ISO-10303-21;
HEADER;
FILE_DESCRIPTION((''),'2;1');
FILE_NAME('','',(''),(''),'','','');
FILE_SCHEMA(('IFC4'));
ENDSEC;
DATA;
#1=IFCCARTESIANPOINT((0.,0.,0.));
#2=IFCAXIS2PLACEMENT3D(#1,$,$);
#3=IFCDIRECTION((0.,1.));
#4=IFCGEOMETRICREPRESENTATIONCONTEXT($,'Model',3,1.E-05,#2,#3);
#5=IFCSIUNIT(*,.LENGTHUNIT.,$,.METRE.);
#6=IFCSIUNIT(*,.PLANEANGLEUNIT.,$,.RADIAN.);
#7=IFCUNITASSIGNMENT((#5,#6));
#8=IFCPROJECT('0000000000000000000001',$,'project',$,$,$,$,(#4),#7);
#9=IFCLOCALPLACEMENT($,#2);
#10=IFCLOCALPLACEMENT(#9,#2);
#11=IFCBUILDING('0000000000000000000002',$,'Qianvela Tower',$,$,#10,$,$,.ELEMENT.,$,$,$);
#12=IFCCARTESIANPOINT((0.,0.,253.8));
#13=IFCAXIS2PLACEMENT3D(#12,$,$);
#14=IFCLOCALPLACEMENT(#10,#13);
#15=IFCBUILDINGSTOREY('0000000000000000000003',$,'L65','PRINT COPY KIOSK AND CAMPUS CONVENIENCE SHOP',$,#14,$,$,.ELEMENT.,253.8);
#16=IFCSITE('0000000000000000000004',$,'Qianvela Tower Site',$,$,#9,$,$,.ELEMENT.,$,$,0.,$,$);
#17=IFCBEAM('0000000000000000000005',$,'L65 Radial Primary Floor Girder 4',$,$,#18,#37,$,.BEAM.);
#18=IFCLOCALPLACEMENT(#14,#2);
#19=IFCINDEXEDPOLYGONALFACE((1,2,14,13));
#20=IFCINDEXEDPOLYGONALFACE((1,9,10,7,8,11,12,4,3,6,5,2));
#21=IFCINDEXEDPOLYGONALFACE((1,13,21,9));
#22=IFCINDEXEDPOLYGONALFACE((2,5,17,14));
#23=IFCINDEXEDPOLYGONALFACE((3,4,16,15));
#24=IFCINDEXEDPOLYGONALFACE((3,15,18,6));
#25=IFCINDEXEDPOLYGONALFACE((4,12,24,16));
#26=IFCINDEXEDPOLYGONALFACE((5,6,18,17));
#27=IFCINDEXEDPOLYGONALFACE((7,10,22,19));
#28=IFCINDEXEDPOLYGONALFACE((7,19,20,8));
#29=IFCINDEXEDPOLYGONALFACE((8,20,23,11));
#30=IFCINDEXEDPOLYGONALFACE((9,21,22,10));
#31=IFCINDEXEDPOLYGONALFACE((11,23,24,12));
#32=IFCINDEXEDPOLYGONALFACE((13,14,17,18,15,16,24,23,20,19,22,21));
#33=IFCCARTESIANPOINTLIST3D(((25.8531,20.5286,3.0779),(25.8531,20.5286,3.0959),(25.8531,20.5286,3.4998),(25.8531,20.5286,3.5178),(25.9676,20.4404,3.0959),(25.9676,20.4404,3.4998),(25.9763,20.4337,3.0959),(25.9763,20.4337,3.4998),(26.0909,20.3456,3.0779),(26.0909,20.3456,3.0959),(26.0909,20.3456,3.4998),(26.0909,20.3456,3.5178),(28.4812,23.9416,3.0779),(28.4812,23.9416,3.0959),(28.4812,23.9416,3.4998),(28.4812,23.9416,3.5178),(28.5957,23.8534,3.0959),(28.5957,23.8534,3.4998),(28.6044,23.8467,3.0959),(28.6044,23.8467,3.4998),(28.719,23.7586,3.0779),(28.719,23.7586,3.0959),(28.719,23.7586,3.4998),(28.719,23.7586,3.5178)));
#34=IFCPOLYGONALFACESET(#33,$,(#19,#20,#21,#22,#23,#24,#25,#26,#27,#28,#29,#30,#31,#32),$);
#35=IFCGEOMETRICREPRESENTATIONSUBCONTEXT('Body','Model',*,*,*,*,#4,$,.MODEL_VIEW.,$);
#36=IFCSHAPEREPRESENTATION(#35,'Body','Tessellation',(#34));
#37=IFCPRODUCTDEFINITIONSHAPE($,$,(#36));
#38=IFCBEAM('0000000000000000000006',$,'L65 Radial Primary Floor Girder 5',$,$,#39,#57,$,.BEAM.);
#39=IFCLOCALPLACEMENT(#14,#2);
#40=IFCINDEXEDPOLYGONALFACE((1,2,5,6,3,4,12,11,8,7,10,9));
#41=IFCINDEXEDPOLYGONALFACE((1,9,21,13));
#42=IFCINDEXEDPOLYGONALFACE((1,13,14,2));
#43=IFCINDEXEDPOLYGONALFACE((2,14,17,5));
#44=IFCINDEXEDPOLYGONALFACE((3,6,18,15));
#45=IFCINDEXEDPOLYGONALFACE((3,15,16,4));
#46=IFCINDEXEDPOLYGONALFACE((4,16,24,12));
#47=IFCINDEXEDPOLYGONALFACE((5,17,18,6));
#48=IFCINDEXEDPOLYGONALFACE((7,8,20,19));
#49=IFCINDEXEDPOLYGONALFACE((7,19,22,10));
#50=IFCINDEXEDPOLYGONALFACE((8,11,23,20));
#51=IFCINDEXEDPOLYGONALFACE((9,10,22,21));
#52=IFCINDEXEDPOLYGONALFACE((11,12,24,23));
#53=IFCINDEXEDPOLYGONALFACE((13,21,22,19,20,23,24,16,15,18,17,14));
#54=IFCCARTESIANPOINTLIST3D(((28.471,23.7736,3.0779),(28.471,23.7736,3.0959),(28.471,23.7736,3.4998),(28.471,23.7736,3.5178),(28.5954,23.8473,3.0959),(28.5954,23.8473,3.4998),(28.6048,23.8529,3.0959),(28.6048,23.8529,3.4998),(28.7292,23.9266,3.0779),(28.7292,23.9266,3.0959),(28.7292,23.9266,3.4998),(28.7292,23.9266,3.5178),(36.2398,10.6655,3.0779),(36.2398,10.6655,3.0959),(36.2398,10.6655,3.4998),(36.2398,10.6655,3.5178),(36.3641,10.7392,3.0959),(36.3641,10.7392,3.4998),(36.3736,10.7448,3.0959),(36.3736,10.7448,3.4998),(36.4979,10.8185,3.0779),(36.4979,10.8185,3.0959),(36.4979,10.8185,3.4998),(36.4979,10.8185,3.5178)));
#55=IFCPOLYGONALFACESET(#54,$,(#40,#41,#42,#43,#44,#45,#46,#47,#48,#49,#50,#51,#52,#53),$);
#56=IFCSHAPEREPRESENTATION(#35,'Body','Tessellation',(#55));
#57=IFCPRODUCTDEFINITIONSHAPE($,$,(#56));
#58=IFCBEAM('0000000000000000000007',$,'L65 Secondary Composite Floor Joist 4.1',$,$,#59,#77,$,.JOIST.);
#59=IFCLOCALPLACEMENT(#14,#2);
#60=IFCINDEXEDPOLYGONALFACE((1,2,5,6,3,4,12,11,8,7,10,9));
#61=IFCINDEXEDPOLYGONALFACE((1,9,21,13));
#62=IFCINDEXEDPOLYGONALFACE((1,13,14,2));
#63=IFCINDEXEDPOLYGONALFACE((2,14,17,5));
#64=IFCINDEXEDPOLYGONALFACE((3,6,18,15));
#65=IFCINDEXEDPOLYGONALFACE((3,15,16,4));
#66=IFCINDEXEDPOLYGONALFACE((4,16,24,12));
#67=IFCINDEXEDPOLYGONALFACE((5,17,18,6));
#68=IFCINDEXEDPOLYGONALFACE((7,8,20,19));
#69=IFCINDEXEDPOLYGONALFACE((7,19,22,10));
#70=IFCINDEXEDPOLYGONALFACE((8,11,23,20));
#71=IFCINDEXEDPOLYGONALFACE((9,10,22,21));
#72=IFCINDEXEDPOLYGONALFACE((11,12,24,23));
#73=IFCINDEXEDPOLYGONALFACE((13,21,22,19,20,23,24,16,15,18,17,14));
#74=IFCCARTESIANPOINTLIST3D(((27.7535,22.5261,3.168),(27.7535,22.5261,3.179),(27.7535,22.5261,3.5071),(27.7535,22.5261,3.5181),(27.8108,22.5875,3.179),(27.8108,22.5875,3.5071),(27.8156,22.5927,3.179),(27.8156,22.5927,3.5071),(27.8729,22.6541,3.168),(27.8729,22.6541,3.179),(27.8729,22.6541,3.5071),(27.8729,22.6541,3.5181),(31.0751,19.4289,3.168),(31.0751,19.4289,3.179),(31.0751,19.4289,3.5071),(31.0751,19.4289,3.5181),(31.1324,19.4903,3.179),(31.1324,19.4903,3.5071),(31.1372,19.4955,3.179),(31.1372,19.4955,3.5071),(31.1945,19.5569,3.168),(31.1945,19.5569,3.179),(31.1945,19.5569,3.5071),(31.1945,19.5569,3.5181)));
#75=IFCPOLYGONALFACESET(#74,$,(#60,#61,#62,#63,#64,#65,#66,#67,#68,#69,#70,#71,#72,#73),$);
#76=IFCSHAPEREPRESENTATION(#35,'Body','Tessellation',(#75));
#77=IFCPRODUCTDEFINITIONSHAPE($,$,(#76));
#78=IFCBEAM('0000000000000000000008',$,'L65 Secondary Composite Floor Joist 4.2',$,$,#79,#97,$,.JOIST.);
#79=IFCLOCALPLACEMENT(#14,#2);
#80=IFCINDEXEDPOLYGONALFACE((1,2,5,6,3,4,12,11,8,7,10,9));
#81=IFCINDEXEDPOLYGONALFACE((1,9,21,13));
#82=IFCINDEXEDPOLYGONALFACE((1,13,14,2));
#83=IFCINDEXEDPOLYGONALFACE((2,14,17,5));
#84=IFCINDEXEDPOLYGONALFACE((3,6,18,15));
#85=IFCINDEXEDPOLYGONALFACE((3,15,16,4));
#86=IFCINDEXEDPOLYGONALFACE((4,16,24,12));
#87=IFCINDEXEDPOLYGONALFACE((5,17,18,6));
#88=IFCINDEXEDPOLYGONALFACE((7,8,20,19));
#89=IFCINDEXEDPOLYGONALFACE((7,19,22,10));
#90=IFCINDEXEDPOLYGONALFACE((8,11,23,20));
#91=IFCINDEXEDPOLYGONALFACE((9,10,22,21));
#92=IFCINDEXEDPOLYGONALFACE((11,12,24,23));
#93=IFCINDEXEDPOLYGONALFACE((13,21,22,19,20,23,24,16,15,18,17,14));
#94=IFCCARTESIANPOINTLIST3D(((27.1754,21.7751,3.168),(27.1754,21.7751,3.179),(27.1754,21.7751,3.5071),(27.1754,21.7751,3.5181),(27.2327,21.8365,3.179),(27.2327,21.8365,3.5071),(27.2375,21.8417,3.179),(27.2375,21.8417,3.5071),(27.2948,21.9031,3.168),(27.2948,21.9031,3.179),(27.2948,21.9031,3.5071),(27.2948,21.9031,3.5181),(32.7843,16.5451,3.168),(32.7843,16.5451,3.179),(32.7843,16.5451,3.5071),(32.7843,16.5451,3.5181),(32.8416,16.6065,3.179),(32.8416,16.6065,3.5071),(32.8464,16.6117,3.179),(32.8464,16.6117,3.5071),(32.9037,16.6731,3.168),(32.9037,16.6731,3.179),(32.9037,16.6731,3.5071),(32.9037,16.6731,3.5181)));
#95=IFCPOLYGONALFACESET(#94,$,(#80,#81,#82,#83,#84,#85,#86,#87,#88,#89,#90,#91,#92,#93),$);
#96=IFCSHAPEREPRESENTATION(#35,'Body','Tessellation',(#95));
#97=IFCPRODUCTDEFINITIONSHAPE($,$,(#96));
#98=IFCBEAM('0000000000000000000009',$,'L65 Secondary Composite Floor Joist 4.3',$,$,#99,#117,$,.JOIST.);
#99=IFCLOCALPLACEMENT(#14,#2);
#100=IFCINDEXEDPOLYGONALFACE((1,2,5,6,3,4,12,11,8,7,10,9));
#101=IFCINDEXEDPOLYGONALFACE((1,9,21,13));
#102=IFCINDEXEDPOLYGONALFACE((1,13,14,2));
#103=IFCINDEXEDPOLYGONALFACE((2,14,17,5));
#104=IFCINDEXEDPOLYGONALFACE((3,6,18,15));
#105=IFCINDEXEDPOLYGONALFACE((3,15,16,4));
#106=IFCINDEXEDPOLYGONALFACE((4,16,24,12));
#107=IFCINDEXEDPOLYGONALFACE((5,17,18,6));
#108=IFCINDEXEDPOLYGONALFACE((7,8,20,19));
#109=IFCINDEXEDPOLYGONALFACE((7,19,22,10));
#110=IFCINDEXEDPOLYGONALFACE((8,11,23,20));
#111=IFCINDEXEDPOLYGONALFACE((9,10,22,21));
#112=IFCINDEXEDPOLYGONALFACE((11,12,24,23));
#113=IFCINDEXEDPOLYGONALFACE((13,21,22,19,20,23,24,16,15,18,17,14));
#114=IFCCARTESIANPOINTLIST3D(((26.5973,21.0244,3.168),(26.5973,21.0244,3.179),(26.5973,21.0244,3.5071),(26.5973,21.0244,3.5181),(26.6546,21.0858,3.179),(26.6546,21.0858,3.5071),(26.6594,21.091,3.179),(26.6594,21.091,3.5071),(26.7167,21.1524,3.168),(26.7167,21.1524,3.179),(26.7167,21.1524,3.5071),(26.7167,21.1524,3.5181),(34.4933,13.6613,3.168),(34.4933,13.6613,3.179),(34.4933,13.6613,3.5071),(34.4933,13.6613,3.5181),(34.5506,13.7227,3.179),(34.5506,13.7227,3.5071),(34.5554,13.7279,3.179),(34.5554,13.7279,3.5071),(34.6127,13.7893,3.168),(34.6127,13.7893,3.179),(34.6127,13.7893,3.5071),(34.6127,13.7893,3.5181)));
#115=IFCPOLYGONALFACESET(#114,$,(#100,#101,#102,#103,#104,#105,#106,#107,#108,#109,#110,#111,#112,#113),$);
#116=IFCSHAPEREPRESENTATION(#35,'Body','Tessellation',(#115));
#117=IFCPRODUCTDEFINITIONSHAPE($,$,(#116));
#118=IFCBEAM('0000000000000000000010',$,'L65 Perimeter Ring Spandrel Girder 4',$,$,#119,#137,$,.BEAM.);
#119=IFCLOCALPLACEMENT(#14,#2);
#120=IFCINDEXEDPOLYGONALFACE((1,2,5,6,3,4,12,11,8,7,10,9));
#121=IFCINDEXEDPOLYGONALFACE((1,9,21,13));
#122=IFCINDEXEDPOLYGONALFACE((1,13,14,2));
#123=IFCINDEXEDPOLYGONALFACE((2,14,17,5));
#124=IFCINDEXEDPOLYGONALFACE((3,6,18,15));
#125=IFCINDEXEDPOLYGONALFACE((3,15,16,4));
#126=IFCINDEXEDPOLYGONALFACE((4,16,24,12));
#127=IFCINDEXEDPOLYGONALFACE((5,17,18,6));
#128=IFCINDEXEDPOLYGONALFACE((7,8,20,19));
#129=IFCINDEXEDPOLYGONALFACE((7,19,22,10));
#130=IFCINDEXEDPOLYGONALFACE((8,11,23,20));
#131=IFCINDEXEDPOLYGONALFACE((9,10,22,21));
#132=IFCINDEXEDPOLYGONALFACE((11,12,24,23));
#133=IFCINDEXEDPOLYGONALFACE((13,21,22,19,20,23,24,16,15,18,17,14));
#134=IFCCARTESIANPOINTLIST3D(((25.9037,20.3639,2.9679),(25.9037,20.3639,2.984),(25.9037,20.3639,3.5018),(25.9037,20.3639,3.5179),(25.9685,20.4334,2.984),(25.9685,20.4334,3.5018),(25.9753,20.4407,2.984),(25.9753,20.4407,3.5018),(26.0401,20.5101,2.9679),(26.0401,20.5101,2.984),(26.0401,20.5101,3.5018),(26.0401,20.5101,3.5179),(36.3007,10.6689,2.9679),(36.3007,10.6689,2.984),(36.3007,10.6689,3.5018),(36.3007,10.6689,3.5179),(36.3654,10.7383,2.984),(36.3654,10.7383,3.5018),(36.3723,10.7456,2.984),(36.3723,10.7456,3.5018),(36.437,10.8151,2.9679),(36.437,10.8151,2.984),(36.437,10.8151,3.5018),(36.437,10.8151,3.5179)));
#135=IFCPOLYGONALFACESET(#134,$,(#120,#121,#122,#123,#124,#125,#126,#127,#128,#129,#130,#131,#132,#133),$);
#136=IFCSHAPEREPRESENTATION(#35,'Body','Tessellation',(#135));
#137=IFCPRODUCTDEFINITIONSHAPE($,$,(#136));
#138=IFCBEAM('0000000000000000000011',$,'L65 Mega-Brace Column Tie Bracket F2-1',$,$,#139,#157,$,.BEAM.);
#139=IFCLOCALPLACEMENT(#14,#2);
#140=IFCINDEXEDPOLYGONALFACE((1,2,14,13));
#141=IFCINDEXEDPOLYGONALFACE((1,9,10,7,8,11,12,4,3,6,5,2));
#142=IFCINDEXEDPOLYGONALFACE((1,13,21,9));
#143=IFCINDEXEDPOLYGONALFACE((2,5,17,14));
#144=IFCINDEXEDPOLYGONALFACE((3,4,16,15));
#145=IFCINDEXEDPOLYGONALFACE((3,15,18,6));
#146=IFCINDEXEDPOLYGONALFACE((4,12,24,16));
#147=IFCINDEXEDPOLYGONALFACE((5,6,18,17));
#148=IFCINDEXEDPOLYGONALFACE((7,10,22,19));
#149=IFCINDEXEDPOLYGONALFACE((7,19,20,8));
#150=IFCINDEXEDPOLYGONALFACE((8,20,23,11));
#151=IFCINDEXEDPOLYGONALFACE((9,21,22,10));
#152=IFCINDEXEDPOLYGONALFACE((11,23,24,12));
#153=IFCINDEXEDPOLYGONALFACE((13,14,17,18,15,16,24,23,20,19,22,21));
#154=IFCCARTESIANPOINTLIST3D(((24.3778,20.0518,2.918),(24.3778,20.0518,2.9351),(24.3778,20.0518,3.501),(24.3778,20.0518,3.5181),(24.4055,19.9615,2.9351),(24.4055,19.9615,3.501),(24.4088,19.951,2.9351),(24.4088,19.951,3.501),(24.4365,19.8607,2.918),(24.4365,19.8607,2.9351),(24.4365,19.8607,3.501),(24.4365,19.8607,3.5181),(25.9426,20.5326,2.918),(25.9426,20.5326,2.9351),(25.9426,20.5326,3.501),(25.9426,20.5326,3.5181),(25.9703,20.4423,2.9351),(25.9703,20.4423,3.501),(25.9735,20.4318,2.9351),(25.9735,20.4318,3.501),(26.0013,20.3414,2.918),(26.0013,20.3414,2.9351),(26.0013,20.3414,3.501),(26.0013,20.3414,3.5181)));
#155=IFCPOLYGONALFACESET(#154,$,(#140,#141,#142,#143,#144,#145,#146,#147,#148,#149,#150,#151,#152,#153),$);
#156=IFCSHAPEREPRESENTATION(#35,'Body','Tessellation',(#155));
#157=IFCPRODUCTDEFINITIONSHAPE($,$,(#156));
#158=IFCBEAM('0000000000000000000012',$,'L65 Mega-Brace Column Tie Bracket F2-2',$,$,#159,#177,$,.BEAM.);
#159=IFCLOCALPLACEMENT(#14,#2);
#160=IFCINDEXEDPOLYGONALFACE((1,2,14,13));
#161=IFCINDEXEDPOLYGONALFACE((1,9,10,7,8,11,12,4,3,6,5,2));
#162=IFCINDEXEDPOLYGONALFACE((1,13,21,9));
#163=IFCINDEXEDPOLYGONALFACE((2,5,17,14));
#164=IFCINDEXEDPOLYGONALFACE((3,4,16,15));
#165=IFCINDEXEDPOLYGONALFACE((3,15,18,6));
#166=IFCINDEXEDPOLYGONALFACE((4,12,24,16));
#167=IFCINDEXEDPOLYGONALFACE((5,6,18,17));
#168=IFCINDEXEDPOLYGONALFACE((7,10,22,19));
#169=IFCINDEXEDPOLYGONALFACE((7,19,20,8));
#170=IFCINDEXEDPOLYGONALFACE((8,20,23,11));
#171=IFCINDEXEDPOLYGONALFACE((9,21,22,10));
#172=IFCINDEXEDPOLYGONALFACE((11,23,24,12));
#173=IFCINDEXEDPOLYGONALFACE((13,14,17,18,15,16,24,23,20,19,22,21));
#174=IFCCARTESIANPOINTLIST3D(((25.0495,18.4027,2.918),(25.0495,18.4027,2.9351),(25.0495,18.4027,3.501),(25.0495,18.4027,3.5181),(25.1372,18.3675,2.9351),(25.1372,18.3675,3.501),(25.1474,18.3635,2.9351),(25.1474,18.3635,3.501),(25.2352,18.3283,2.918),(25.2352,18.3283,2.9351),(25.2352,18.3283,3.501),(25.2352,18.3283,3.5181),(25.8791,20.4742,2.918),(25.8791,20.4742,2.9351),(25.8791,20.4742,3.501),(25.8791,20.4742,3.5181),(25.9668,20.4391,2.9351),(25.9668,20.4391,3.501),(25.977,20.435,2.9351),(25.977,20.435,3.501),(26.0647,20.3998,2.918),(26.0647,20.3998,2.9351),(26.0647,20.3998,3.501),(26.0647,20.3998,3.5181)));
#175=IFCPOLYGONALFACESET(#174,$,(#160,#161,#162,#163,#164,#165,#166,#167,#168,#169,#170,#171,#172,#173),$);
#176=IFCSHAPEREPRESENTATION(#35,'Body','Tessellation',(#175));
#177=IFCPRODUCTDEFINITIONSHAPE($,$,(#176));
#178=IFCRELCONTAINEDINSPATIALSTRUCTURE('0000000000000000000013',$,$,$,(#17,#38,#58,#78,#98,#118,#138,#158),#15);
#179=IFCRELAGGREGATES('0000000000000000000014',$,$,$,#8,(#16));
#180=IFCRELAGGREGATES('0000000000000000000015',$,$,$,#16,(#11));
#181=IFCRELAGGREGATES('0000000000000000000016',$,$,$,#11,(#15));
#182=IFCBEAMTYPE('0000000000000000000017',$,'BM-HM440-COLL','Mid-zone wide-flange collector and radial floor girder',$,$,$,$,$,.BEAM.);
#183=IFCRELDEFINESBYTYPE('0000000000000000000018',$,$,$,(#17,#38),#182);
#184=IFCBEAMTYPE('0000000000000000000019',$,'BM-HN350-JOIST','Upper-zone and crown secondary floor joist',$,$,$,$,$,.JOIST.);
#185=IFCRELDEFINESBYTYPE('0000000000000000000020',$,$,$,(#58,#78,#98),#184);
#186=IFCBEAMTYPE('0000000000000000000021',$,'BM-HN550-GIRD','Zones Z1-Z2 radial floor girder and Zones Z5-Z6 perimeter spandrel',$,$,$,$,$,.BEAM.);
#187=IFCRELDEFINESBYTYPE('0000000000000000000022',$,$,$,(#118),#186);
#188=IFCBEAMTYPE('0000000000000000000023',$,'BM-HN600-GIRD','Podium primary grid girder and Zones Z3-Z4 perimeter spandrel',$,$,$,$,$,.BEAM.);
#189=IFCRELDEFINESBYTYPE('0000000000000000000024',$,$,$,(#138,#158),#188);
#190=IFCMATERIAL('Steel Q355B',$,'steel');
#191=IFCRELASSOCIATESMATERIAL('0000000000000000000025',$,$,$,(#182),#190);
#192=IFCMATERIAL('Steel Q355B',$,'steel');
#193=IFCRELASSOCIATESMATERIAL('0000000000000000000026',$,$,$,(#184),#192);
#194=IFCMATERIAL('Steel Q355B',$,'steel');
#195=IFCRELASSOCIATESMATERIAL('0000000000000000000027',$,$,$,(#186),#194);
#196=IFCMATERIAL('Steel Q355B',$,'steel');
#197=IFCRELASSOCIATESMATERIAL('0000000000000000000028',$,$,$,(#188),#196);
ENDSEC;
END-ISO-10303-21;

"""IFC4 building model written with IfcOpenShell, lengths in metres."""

from ifc_helpers import new_model, si_unit, direction, frame, origin, origin_2d, place, context, subcontext, project, spatial, i_section, extrude, material, material_profile, profile_set, type_object, element, save


model = new_model("IFC4")

# Units and contexts
model_context = context("Model", 3, precision=1e-05, world=origin(), true_north=direction((0.0, 1.0)))
body_context = subcontext(model_context, "Body", "Model", "MODEL_VIEW")
ifc_project = project(units=[si_unit("LENGTHUNIT", "METRE"), si_unit("PLANEANGLEUNIT", "RADIAN")], contexts=[model_context])

# Site, building, storey
site_placement = place(None, origin())
site = spatial("IfcSite", under=ifc_project, at=site_placement, Name="Qianvela Tower Site", CompositionType="ELEMENT", RefElevation=0.0)
building_placement = place(site_placement, origin())
building = spatial("IfcBuilding", under=site, at=building_placement, Name="Qianvela Tower", CompositionType="ELEMENT")
storey_placement = place(building_placement, frame((0.0, 0.0, 253.8)))
storey = spatial("IfcBuildingStorey", under=building, at=storey_placement, Name="L65", Description="PRINT COPY KIOSK AND CAMPUS CONVENIENCE SHOP", CompositionType="ELEMENT", Elevation=253.8)

# Beams
ifc_material_1 = material(Name="Steel Q355B", Category="steel")
ifc_material_profile_1 = material_profile(ifc_material_1, i_section(OverallWidth=0.3, OverallDepth=0.4399, WebThickness=0.011, FlangeThickness=0.0181, at=origin_2d()), Name="HM440x300x11x18")
ifc_profile_set_1 = profile_set([ifc_material_profile_1], Name="Steel Q355B")
beam_type_1 = type_object("IfcBeamType", Name="BM-HM440-COLL", Description="Mid-zone wide-flange collector and radial floor girder", PredefinedType="BEAM", material=ifc_profile_set_1)
beam_1_placement = place(storey_placement, frame((28.6001, 23.8501, 3.2979), z_axis=(-0.610108, -0.792318, 0.0), x_axis=(0.792318, -0.610108, 0.0)))
element("IfcBeam", 1, at=beam_1_placement, inside=storey, type_object=beam_type_1, Name="L65 Radial Primary Floor Girder 4", PredefinedType="BEAM", context=body_context, shape_type="SweptSolid", body=[
    extrude(i_section(OverallWidth=0.3, OverallDepth=0.4399, WebThickness=0.011, FlangeThickness=0.0181, at=origin_2d()), origin(), (0.0, 0.0, 1.0), 4.3076),
])
beam_2_placement = place(storey_placement, frame((28.6001, 23.8501, 3.2979), z_axis=(0.509851, -0.860263, 0.0), x_axis=(0.860263, 0.509851, 0.0)))
element("IfcBeam", 2, at=beam_2_placement, inside=storey, type_object=beam_type_1, Name="L65 Radial Primary Floor Girder 5", PredefinedType="BEAM", context=body_context, shape_type="SweptSolid", body=[
    extrude(i_section(OverallWidth=0.3, OverallDepth=0.4399, WebThickness=0.011, FlangeThickness=0.0181, at=origin_2d()), origin(), (0.0, 0.0, 1.0), 15.2373),
])
ifc_material_2 = material(Name="Steel Q355B", Category="steel")
ifc_material_profile_2 = material_profile(ifc_material_2, i_section(OverallWidth=0.175, OverallDepth=0.3501, WebThickness=0.0071, FlangeThickness=0.011, at=origin_2d()), Name="HN350x175x7x11")
ifc_profile_set_2 = profile_set([ifc_material_profile_2], Name="Steel Q355B")
beam_type_2 = type_object("IfcBeamType", Name="BM-HN350-JOIST", Description="Upper-zone and crown secondary floor joist", PredefinedType="JOIST", material=ifc_profile_set_2)
beam_3_placement = place(storey_placement, frame((27.8132, 22.5901, 3.343), z_axis=(0.731377, -0.681973, 0.0), x_axis=(0.681973, 0.731377, 0.0)))
element("IfcBeam", 3, at=beam_3_placement, inside=storey, type_object=beam_type_2, Name="L65 Secondary Composite Floor Joist 4.1", PredefinedType="JOIST", context=body_context, shape_type="SweptSolid", body=[
    extrude(i_section(OverallWidth=0.175, OverallDepth=0.3501, WebThickness=0.0071, FlangeThickness=0.011, at=origin_2d()), origin(), (0.0, 0.0, 1.0), 4.5415),
])
beam_4_placement = place(storey_placement, frame((27.2351, 21.8391, 3.343), z_axis=(0.731379, -0.681971, 0.0), x_axis=(0.681971, 0.731379, 0.0)))
element("IfcBeam", 4, at=beam_4_placement, inside=storey, type_object=beam_type_2, Name="L65 Secondary Composite Floor Joist 4.2", PredefinedType="JOIST", context=body_context, shape_type="SweptSolid", body=[
    extrude(i_section(OverallWidth=0.175, OverallDepth=0.3501, WebThickness=0.0071, FlangeThickness=0.011, at=origin_2d()), origin(), (0.0, 0.0, 1.0), 7.6689),
])
beam_5_placement = place(storey_placement, frame((26.657, 21.0884, 3.343), z_axis=(0.731358, -0.681993, 0.0), x_axis=(0.681993, 0.731358, 0.0)))
element("IfcBeam", 5, at=beam_5_placement, inside=storey, type_object=beam_type_2, Name="L65 Secondary Composite Floor Joist 4.3", PredefinedType="JOIST", context=body_context, shape_type="SweptSolid", body=[
    extrude(i_section(OverallWidth=0.175, OverallDepth=0.3501, WebThickness=0.0071, FlangeThickness=0.011, at=origin_2d()), origin(), (0.0, 0.0, 1.0), 10.7964),
])
ifc_material_3 = material(Name="Steel Q355B", Category="steel")
ifc_material_profile_3 = material_profile(ifc_material_3, i_section(OverallWidth=0.2, OverallDepth=0.55, WebThickness=0.01, FlangeThickness=0.0161, at=origin_2d()), Name="HN550x200x10x16")
ifc_profile_set_3 = profile_set([ifc_material_profile_3], Name="Steel Q355B")
beam_type_3 = type_object("IfcBeamType", Name="BM-HN550-GIRD", Description="Zones Z1-Z2 radial floor girder and Zones Z5-Z6 perimeter spandrel", PredefinedType="BEAM", material=ifc_profile_set_3)
beam_6_placement = place(storey_placement, frame((25.9719, 20.437, 3.2429), z_axis=(0.731363, -0.681988, 0.0), x_axis=(0.681988, 0.731363, 0.0)))
element("IfcBeam", 6, at=beam_6_placement, inside=storey, type_object=beam_type_3, Name="L65 Perimeter Ring Spandrel Girder 4", PredefinedType="BEAM", context=body_context, shape_type="SweptSolid", body=[
    extrude(i_section(OverallWidth=0.2, OverallDepth=0.55, WebThickness=0.01, FlangeThickness=0.0161, at=origin_2d()), origin(), (0.0, 0.0, 1.0), 14.2158),
])
ifc_material_4 = material(Name="Steel Q355B", Category="steel")
ifc_material_profile_4 = material_profile(ifc_material_4, i_section(OverallWidth=0.2, OverallDepth=0.6001, WebThickness=0.011, FlangeThickness=0.0171, at=origin_2d()), Name="HN600x200x11x17")
ifc_profile_set_4 = profile_set([ifc_material_profile_4], Name="Steel Q355B")
beam_type_4 = type_object("IfcBeamType", Name="BM-HN600-GIRD", Description="Podium primary grid girder and Zones Z3-Z4 perimeter spandrel", PredefinedType="BEAM", material=ifc_profile_set_4)
beam_7_placement = place(storey_placement, frame((25.9719, 20.437, 3.218), z_axis=(-0.955905, -0.293677, 0.0), x_axis=(0.293677, -0.955905, 0.0)))
element("IfcBeam", 7, at=beam_7_placement, inside=storey, type_object=beam_type_4, Name="L65 Mega-Brace Column Tie Bracket F2-1", PredefinedType="BEAM", context=body_context, shape_type="SweptSolid", body=[
    extrude(i_section(OverallWidth=0.2, OverallDepth=0.6001, WebThickness=0.011, FlangeThickness=0.0171, at=origin_2d()), origin(), (0.0, 0.0, 1.0), 1.637),
])
beam_8_placement = place(storey_placement, frame((25.9719, 20.437, 3.218), z_axis=(-0.371768, -0.928326, 0.0), x_axis=(0.928326, -0.371768, 0.0)))
element("IfcBeam", 8, at=beam_8_placement, inside=storey, type_object=beam_type_4, Name="L65 Mega-Brace Column Tie Bracket F2-2", PredefinedType="BEAM", context=body_context, shape_type="SweptSolid", body=[
    extrude(i_section(OverallWidth=0.2, OverallDepth=0.6001, WebThickness=0.011, FlangeThickness=0.0171, at=origin_2d()), origin(), (0.0, 0.0, 1.0), 2.2314),
])

save(model, "model.ifc")
